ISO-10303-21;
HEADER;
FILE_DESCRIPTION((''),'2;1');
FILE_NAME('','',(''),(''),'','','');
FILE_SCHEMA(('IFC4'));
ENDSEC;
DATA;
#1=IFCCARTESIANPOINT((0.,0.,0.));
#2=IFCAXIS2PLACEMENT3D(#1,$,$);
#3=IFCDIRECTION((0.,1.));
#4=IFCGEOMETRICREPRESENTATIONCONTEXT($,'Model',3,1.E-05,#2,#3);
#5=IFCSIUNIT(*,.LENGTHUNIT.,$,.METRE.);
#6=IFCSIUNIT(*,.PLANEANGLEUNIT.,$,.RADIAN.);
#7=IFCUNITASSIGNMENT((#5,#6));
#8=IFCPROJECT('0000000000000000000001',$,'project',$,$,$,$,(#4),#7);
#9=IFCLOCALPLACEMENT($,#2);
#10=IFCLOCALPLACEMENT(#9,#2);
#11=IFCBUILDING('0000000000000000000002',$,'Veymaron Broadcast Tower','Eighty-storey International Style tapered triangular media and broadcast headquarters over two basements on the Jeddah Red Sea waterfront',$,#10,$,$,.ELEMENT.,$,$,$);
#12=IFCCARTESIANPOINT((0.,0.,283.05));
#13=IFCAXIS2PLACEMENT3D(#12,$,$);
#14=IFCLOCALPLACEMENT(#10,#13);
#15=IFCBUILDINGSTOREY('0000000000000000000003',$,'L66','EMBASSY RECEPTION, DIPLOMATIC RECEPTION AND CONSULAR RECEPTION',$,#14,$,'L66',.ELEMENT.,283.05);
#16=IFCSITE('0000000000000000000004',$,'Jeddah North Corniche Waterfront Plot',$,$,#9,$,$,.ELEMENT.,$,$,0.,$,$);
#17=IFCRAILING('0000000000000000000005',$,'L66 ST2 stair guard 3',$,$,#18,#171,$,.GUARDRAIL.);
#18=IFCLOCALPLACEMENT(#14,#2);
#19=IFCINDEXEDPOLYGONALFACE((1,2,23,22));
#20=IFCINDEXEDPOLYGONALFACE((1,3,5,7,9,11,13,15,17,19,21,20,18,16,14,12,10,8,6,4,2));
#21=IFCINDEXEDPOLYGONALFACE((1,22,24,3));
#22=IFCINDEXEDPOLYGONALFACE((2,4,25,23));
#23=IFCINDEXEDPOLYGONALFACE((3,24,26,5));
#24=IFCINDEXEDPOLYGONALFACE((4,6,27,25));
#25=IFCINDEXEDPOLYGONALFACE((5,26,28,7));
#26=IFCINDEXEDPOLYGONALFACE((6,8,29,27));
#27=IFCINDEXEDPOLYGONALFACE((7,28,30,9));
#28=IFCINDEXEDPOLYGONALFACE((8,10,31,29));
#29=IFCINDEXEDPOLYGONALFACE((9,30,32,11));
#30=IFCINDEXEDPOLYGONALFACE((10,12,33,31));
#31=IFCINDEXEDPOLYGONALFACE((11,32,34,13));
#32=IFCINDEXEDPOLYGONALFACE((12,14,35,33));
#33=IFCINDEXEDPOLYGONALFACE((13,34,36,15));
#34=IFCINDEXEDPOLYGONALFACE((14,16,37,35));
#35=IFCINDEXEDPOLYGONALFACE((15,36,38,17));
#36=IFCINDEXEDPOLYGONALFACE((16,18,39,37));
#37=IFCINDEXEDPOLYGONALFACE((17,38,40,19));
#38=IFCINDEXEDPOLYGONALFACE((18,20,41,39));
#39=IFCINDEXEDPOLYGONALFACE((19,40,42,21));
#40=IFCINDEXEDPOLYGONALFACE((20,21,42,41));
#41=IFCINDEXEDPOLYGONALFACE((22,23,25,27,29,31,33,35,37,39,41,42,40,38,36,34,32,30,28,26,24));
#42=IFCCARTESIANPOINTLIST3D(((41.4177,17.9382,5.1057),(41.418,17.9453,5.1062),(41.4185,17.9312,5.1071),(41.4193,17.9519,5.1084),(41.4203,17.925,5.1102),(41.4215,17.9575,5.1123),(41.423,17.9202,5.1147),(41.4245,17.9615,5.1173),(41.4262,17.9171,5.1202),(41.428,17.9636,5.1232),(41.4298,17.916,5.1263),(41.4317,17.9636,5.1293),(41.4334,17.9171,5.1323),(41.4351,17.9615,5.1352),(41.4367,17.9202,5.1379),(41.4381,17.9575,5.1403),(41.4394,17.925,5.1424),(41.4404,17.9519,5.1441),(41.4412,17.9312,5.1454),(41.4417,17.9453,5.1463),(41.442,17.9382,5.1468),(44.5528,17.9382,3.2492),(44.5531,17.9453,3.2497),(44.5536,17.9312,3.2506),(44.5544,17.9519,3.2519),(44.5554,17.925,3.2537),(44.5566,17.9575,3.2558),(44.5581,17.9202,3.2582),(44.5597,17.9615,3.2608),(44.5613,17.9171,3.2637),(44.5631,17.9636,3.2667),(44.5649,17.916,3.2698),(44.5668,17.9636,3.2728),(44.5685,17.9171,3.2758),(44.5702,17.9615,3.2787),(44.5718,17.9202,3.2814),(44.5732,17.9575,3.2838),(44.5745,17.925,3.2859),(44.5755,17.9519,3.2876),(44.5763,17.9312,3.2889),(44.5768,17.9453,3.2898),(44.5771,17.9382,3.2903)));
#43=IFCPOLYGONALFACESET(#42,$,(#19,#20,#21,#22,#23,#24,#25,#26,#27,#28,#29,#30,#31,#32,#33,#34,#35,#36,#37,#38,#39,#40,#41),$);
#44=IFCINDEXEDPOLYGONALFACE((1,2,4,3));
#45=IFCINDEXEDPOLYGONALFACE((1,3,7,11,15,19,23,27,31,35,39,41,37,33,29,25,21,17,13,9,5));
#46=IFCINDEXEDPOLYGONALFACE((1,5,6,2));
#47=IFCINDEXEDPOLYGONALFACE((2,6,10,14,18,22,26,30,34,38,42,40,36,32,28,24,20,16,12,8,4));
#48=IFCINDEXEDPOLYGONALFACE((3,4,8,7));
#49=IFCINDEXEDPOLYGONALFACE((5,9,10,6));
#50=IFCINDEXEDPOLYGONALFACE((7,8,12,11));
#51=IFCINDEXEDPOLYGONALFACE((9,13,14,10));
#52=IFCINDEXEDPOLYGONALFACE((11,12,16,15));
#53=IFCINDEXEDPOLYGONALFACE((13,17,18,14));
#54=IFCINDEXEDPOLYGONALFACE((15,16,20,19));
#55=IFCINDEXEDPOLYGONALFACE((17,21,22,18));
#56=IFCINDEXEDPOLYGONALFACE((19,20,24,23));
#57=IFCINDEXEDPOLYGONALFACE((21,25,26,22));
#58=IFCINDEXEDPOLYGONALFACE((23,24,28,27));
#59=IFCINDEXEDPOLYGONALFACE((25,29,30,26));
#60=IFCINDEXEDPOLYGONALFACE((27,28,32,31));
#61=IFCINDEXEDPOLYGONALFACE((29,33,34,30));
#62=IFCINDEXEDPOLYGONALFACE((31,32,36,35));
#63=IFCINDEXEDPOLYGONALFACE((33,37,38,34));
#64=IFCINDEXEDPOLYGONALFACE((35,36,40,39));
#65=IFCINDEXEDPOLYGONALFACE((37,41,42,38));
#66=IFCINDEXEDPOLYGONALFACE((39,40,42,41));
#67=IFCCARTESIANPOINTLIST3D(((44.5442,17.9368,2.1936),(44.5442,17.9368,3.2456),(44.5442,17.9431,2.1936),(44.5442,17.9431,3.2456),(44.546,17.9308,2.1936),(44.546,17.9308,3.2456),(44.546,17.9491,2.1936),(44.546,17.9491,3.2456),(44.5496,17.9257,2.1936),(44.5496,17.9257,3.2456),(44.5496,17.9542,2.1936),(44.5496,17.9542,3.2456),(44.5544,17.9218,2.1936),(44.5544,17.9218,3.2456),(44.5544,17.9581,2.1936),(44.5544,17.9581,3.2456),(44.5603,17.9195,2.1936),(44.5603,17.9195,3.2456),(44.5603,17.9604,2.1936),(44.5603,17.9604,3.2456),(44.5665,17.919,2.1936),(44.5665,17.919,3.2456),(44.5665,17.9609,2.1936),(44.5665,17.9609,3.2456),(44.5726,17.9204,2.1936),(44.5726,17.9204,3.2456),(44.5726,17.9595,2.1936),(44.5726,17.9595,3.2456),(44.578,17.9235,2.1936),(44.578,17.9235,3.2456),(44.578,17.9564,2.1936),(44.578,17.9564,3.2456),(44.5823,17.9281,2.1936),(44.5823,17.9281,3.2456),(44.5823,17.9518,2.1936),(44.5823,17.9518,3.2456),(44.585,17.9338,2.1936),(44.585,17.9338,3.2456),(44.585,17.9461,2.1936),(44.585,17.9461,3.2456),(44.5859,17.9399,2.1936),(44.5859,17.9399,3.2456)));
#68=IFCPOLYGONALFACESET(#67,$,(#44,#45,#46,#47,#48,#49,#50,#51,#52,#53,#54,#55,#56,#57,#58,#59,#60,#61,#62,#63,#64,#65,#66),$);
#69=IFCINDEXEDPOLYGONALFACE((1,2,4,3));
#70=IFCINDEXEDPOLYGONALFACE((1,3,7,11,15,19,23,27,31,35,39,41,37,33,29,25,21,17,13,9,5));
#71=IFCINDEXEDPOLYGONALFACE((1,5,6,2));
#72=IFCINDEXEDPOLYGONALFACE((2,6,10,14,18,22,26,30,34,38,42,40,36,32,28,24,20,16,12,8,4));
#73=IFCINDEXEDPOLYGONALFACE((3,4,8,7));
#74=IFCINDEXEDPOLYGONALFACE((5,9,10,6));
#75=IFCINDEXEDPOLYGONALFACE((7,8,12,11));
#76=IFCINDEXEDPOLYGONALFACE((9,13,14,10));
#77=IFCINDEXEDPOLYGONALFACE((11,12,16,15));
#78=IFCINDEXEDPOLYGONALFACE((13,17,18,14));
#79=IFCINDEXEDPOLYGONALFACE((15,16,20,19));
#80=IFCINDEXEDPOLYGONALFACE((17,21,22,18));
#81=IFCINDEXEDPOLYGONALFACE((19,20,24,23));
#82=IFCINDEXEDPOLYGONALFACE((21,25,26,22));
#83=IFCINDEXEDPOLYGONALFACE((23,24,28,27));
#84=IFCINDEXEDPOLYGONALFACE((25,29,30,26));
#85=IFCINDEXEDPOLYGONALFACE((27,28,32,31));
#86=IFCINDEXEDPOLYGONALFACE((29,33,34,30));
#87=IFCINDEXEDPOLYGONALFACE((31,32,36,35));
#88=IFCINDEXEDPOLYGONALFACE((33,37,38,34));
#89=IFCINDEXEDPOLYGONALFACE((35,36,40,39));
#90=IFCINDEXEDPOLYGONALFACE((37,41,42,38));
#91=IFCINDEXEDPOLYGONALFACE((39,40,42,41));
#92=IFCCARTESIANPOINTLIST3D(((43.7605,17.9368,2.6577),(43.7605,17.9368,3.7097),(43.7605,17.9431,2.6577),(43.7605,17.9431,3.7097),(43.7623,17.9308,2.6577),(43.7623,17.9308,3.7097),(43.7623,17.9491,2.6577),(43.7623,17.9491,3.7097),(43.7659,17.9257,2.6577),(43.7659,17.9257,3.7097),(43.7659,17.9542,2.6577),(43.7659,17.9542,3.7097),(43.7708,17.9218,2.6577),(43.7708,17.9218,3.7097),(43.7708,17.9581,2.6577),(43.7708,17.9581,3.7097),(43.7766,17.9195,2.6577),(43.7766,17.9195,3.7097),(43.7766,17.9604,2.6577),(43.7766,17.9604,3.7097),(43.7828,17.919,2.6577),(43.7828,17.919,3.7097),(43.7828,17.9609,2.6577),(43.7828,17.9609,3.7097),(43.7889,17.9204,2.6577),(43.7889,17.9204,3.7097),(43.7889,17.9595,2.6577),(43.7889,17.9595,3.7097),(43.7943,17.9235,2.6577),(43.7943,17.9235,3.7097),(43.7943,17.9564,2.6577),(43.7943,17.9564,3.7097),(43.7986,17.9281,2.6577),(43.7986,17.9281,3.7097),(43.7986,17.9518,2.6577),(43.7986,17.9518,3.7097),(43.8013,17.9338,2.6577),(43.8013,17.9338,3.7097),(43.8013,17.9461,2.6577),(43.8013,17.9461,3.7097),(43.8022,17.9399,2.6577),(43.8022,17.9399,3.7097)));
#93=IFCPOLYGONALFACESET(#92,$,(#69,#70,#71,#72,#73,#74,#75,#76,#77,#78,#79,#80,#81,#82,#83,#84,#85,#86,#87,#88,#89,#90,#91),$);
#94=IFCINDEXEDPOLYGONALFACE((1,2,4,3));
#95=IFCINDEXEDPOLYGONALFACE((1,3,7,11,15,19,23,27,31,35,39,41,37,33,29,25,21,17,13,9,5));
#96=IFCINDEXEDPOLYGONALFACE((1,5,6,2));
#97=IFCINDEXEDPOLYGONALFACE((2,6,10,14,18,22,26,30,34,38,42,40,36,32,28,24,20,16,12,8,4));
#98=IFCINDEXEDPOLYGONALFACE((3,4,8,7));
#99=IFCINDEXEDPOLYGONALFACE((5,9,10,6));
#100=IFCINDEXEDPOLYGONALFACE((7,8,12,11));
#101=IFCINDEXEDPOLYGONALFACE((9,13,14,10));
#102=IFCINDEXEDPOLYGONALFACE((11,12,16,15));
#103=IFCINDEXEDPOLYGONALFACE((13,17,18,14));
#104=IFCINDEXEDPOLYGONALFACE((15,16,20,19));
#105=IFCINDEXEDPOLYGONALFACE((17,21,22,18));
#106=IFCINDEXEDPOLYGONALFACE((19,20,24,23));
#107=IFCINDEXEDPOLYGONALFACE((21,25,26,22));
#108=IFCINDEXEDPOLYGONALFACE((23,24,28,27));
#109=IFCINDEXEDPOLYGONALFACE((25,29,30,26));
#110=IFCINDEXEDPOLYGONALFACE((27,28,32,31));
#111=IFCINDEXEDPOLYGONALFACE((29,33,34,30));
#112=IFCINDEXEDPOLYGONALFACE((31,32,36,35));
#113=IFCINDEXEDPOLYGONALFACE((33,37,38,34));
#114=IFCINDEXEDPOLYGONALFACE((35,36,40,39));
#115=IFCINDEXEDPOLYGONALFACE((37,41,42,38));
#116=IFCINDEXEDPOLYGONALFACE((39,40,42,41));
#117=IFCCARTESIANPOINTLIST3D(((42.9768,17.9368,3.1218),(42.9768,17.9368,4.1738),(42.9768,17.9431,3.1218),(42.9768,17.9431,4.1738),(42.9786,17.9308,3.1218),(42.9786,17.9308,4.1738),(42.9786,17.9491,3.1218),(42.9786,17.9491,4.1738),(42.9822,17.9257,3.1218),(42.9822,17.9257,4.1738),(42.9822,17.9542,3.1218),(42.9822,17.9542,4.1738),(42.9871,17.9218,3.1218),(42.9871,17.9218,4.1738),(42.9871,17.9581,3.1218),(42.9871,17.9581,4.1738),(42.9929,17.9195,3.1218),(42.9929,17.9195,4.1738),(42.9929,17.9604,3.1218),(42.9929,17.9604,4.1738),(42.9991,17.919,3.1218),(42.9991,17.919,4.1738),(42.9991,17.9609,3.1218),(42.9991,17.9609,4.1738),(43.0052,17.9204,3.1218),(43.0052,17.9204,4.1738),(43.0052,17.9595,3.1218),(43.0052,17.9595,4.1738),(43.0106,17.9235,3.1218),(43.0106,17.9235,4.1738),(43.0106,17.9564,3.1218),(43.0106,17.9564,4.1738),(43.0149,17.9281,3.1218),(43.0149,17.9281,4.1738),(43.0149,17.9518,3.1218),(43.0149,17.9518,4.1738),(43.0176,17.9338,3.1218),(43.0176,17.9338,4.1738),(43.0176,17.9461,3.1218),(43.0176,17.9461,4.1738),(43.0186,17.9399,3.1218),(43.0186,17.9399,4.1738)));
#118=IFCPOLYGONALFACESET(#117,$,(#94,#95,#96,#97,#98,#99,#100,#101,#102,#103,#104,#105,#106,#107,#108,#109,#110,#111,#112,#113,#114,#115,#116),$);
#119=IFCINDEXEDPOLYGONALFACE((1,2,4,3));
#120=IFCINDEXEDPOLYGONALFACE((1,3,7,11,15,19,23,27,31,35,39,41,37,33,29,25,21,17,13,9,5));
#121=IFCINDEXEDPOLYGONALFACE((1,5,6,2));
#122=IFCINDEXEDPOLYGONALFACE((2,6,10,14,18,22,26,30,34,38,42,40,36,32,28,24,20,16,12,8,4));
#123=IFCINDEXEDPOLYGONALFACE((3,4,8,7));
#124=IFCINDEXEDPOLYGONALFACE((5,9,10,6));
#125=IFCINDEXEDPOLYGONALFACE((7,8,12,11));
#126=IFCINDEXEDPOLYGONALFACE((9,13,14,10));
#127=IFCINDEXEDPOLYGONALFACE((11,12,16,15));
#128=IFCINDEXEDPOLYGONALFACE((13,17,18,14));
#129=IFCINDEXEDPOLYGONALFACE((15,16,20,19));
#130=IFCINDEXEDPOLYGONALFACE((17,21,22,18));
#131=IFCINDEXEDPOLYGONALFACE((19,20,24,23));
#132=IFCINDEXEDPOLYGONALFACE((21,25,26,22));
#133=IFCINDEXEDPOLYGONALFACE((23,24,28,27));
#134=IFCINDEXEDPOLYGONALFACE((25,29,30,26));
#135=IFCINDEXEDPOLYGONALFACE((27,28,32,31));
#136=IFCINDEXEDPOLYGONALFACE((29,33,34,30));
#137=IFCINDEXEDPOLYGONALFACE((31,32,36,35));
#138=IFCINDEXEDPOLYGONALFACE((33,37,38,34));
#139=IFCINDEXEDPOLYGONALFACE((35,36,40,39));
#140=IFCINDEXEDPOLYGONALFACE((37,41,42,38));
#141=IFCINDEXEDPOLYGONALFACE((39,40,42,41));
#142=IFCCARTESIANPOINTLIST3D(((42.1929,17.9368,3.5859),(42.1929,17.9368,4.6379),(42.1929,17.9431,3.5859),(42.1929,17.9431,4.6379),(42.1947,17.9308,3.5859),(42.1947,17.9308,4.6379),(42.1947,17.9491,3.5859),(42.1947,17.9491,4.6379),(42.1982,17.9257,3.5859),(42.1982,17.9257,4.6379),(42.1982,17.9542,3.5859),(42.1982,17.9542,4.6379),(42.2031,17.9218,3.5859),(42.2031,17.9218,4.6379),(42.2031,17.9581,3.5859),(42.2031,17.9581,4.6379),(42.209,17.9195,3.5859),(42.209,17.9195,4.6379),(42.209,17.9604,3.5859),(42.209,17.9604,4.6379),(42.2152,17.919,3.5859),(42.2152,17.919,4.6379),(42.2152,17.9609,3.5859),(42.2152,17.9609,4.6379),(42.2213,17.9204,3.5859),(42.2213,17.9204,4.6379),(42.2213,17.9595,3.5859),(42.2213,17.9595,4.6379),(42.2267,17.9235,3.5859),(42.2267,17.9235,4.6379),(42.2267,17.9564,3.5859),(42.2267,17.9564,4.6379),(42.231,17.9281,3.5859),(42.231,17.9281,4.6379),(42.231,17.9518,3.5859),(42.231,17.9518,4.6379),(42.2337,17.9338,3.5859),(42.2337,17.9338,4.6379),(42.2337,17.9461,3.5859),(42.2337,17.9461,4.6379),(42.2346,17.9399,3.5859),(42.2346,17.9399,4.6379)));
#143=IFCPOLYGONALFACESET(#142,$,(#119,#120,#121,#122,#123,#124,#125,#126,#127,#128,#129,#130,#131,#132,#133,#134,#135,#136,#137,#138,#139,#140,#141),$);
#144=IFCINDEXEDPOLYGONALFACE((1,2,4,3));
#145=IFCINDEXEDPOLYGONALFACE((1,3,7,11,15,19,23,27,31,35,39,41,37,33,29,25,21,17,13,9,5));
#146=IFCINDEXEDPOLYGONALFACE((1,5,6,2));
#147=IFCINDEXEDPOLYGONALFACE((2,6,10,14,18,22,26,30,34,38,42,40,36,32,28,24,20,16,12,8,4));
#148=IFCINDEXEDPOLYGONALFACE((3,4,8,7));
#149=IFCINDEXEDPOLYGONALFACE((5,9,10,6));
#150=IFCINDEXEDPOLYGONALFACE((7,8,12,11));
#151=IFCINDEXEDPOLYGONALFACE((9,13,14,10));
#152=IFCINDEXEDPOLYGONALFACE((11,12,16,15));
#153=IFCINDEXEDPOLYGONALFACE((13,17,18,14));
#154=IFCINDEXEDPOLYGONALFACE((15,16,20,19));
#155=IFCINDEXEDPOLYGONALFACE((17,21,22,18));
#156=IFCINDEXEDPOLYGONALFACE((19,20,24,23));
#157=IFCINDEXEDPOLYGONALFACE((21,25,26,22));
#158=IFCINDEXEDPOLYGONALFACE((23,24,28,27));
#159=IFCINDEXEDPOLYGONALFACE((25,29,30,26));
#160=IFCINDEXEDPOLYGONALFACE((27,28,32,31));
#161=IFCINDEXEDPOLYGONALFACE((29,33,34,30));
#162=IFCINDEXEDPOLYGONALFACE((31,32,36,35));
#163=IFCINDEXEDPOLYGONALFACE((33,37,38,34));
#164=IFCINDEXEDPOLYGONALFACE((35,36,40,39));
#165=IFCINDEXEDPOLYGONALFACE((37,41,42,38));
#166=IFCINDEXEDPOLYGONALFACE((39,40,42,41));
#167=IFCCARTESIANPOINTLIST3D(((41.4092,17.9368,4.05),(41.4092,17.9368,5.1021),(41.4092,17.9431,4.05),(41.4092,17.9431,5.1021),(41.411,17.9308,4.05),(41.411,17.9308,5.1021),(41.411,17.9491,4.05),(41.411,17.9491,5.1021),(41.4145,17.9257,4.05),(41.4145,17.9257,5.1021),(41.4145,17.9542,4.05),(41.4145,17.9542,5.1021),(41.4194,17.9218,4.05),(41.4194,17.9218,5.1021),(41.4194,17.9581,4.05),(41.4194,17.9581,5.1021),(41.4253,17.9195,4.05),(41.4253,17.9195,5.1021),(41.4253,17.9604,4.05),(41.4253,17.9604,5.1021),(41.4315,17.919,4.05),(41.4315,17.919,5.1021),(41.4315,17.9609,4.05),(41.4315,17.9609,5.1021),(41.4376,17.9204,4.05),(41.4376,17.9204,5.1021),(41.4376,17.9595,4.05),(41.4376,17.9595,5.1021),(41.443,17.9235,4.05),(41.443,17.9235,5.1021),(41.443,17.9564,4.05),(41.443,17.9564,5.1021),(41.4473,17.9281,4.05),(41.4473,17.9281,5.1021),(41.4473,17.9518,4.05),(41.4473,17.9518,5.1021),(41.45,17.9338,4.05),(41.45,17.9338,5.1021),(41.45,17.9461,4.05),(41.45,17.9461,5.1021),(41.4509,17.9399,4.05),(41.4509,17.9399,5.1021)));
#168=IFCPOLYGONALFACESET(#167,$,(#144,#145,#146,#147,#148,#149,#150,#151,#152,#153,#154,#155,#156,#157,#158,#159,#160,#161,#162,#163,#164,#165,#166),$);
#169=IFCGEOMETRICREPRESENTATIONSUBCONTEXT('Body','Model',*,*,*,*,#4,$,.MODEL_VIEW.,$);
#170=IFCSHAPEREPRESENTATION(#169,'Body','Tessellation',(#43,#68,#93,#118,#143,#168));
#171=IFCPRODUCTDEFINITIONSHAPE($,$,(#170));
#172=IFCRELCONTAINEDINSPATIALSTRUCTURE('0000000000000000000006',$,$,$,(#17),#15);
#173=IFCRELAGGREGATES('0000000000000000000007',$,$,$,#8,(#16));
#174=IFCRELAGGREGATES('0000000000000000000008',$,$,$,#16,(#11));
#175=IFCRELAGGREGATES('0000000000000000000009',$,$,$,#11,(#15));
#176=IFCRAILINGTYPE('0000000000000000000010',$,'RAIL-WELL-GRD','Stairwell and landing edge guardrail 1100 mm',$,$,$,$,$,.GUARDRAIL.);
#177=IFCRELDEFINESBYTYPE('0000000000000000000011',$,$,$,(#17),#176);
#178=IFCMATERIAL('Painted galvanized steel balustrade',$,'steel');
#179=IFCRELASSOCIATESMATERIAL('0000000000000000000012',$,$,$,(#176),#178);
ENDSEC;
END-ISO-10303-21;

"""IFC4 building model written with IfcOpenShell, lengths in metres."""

from ifc_helpers import new_model, si_unit, direction, frame, origin, origin_2d, place, context, subcontext, project, spatial, circle, extrude, material, type_object, element, save


model = new_model("IFC4")

# Units and contexts
model_context = context("Model", 3, precision=1e-05, world=origin(), true_north=direction((0.0, 1.0)))
body_context = subcontext(model_context, "Body", "Model", "MODEL_VIEW")
ifc_project = project(units=[si_unit("LENGTHUNIT", "METRE"), si_unit("PLANEANGLEUNIT", "RADIAN")], contexts=[model_context])

# Site, building, storey
site_placement = place(None, origin())
site = spatial("IfcSite", under=ifc_project, at=site_placement, Name="Jeddah North Corniche Waterfront Plot", CompositionType="ELEMENT", RefElevation=0.0)
building_placement = place(site_placement, origin())
building = spatial("IfcBuilding", under=site, at=building_placement, Name="Veymaron Broadcast Tower", Description="Eighty-storey International Style tapered triangular media and broadcast headquarters over two basements on the Jeddah Red Sea waterfront", CompositionType="ELEMENT")
storey_placement = place(building_placement, frame((0.0, 0.0, 283.05)))
storey = spatial("IfcBuildingStorey", under=building, at=storey_placement, Name="L66", Description="EMBASSY RECEPTION, DIPLOMATIC RECEPTION AND CONSULAR RECEPTION", LongName="L66", CompositionType="ELEMENT", Elevation=283.05)

# Railing
ifc_material_1 = material(Name="Painted galvanized steel balustrade", Category="steel")
railing_type_1 = type_object("IfcRailingType", Name="RAIL-WELL-GRD", Description="Stairwell and landing edge guardrail 1100 mm", PredefinedType="GUARDRAIL", material=ifc_material_1)
railing_1_placement = place(storey_placement, frame((44.5649, 17.9399, 2.1936)))
element("IfcRailing", 1, at=railing_1_placement, inside=storey, type_object=railing_type_1, Name="L66 ST2 stair guard 3", PredefinedType="GUARDRAIL", context=body_context, shape_type="SweptSolid", body=[
    extrude(circle(Radius=0.0239, at=origin_2d()), frame((0.0, 0.0, 1.0762), z_axis=(-0.860453, 0.0, 0.509531), x_axis=(0.0, -1.0, 0.0)), (0.0, 0.0, 1.0), 3.6436),
    extrude(circle(Radius=0.021, at=origin_2d()), origin(), (0.0, 0.0, 1.0), 1.052),
    extrude(circle(Radius=0.021, at=origin_2d()), frame((-0.7837, 0.0, 0.4641)), (0.0, 0.0, 1.0), 1.052),
    extrude(circle(Radius=0.021, at=origin_2d()), frame((-1.5674, 0.0, 0.9282)), (0.0, 0.0, 1.0), 1.052),
    extrude(circle(Radius=0.021, at=origin_2d()), frame((-2.3513, 0.0, 1.3923)), (0.0, 0.0, 1.0), 1.052),
    extrude(circle(Radius=0.021, at=origin_2d()), frame((-3.135, 0.0, 1.8564)), (0.0, 0.0, 1.0), 1.052),
])

save(model, "model.ifc")
